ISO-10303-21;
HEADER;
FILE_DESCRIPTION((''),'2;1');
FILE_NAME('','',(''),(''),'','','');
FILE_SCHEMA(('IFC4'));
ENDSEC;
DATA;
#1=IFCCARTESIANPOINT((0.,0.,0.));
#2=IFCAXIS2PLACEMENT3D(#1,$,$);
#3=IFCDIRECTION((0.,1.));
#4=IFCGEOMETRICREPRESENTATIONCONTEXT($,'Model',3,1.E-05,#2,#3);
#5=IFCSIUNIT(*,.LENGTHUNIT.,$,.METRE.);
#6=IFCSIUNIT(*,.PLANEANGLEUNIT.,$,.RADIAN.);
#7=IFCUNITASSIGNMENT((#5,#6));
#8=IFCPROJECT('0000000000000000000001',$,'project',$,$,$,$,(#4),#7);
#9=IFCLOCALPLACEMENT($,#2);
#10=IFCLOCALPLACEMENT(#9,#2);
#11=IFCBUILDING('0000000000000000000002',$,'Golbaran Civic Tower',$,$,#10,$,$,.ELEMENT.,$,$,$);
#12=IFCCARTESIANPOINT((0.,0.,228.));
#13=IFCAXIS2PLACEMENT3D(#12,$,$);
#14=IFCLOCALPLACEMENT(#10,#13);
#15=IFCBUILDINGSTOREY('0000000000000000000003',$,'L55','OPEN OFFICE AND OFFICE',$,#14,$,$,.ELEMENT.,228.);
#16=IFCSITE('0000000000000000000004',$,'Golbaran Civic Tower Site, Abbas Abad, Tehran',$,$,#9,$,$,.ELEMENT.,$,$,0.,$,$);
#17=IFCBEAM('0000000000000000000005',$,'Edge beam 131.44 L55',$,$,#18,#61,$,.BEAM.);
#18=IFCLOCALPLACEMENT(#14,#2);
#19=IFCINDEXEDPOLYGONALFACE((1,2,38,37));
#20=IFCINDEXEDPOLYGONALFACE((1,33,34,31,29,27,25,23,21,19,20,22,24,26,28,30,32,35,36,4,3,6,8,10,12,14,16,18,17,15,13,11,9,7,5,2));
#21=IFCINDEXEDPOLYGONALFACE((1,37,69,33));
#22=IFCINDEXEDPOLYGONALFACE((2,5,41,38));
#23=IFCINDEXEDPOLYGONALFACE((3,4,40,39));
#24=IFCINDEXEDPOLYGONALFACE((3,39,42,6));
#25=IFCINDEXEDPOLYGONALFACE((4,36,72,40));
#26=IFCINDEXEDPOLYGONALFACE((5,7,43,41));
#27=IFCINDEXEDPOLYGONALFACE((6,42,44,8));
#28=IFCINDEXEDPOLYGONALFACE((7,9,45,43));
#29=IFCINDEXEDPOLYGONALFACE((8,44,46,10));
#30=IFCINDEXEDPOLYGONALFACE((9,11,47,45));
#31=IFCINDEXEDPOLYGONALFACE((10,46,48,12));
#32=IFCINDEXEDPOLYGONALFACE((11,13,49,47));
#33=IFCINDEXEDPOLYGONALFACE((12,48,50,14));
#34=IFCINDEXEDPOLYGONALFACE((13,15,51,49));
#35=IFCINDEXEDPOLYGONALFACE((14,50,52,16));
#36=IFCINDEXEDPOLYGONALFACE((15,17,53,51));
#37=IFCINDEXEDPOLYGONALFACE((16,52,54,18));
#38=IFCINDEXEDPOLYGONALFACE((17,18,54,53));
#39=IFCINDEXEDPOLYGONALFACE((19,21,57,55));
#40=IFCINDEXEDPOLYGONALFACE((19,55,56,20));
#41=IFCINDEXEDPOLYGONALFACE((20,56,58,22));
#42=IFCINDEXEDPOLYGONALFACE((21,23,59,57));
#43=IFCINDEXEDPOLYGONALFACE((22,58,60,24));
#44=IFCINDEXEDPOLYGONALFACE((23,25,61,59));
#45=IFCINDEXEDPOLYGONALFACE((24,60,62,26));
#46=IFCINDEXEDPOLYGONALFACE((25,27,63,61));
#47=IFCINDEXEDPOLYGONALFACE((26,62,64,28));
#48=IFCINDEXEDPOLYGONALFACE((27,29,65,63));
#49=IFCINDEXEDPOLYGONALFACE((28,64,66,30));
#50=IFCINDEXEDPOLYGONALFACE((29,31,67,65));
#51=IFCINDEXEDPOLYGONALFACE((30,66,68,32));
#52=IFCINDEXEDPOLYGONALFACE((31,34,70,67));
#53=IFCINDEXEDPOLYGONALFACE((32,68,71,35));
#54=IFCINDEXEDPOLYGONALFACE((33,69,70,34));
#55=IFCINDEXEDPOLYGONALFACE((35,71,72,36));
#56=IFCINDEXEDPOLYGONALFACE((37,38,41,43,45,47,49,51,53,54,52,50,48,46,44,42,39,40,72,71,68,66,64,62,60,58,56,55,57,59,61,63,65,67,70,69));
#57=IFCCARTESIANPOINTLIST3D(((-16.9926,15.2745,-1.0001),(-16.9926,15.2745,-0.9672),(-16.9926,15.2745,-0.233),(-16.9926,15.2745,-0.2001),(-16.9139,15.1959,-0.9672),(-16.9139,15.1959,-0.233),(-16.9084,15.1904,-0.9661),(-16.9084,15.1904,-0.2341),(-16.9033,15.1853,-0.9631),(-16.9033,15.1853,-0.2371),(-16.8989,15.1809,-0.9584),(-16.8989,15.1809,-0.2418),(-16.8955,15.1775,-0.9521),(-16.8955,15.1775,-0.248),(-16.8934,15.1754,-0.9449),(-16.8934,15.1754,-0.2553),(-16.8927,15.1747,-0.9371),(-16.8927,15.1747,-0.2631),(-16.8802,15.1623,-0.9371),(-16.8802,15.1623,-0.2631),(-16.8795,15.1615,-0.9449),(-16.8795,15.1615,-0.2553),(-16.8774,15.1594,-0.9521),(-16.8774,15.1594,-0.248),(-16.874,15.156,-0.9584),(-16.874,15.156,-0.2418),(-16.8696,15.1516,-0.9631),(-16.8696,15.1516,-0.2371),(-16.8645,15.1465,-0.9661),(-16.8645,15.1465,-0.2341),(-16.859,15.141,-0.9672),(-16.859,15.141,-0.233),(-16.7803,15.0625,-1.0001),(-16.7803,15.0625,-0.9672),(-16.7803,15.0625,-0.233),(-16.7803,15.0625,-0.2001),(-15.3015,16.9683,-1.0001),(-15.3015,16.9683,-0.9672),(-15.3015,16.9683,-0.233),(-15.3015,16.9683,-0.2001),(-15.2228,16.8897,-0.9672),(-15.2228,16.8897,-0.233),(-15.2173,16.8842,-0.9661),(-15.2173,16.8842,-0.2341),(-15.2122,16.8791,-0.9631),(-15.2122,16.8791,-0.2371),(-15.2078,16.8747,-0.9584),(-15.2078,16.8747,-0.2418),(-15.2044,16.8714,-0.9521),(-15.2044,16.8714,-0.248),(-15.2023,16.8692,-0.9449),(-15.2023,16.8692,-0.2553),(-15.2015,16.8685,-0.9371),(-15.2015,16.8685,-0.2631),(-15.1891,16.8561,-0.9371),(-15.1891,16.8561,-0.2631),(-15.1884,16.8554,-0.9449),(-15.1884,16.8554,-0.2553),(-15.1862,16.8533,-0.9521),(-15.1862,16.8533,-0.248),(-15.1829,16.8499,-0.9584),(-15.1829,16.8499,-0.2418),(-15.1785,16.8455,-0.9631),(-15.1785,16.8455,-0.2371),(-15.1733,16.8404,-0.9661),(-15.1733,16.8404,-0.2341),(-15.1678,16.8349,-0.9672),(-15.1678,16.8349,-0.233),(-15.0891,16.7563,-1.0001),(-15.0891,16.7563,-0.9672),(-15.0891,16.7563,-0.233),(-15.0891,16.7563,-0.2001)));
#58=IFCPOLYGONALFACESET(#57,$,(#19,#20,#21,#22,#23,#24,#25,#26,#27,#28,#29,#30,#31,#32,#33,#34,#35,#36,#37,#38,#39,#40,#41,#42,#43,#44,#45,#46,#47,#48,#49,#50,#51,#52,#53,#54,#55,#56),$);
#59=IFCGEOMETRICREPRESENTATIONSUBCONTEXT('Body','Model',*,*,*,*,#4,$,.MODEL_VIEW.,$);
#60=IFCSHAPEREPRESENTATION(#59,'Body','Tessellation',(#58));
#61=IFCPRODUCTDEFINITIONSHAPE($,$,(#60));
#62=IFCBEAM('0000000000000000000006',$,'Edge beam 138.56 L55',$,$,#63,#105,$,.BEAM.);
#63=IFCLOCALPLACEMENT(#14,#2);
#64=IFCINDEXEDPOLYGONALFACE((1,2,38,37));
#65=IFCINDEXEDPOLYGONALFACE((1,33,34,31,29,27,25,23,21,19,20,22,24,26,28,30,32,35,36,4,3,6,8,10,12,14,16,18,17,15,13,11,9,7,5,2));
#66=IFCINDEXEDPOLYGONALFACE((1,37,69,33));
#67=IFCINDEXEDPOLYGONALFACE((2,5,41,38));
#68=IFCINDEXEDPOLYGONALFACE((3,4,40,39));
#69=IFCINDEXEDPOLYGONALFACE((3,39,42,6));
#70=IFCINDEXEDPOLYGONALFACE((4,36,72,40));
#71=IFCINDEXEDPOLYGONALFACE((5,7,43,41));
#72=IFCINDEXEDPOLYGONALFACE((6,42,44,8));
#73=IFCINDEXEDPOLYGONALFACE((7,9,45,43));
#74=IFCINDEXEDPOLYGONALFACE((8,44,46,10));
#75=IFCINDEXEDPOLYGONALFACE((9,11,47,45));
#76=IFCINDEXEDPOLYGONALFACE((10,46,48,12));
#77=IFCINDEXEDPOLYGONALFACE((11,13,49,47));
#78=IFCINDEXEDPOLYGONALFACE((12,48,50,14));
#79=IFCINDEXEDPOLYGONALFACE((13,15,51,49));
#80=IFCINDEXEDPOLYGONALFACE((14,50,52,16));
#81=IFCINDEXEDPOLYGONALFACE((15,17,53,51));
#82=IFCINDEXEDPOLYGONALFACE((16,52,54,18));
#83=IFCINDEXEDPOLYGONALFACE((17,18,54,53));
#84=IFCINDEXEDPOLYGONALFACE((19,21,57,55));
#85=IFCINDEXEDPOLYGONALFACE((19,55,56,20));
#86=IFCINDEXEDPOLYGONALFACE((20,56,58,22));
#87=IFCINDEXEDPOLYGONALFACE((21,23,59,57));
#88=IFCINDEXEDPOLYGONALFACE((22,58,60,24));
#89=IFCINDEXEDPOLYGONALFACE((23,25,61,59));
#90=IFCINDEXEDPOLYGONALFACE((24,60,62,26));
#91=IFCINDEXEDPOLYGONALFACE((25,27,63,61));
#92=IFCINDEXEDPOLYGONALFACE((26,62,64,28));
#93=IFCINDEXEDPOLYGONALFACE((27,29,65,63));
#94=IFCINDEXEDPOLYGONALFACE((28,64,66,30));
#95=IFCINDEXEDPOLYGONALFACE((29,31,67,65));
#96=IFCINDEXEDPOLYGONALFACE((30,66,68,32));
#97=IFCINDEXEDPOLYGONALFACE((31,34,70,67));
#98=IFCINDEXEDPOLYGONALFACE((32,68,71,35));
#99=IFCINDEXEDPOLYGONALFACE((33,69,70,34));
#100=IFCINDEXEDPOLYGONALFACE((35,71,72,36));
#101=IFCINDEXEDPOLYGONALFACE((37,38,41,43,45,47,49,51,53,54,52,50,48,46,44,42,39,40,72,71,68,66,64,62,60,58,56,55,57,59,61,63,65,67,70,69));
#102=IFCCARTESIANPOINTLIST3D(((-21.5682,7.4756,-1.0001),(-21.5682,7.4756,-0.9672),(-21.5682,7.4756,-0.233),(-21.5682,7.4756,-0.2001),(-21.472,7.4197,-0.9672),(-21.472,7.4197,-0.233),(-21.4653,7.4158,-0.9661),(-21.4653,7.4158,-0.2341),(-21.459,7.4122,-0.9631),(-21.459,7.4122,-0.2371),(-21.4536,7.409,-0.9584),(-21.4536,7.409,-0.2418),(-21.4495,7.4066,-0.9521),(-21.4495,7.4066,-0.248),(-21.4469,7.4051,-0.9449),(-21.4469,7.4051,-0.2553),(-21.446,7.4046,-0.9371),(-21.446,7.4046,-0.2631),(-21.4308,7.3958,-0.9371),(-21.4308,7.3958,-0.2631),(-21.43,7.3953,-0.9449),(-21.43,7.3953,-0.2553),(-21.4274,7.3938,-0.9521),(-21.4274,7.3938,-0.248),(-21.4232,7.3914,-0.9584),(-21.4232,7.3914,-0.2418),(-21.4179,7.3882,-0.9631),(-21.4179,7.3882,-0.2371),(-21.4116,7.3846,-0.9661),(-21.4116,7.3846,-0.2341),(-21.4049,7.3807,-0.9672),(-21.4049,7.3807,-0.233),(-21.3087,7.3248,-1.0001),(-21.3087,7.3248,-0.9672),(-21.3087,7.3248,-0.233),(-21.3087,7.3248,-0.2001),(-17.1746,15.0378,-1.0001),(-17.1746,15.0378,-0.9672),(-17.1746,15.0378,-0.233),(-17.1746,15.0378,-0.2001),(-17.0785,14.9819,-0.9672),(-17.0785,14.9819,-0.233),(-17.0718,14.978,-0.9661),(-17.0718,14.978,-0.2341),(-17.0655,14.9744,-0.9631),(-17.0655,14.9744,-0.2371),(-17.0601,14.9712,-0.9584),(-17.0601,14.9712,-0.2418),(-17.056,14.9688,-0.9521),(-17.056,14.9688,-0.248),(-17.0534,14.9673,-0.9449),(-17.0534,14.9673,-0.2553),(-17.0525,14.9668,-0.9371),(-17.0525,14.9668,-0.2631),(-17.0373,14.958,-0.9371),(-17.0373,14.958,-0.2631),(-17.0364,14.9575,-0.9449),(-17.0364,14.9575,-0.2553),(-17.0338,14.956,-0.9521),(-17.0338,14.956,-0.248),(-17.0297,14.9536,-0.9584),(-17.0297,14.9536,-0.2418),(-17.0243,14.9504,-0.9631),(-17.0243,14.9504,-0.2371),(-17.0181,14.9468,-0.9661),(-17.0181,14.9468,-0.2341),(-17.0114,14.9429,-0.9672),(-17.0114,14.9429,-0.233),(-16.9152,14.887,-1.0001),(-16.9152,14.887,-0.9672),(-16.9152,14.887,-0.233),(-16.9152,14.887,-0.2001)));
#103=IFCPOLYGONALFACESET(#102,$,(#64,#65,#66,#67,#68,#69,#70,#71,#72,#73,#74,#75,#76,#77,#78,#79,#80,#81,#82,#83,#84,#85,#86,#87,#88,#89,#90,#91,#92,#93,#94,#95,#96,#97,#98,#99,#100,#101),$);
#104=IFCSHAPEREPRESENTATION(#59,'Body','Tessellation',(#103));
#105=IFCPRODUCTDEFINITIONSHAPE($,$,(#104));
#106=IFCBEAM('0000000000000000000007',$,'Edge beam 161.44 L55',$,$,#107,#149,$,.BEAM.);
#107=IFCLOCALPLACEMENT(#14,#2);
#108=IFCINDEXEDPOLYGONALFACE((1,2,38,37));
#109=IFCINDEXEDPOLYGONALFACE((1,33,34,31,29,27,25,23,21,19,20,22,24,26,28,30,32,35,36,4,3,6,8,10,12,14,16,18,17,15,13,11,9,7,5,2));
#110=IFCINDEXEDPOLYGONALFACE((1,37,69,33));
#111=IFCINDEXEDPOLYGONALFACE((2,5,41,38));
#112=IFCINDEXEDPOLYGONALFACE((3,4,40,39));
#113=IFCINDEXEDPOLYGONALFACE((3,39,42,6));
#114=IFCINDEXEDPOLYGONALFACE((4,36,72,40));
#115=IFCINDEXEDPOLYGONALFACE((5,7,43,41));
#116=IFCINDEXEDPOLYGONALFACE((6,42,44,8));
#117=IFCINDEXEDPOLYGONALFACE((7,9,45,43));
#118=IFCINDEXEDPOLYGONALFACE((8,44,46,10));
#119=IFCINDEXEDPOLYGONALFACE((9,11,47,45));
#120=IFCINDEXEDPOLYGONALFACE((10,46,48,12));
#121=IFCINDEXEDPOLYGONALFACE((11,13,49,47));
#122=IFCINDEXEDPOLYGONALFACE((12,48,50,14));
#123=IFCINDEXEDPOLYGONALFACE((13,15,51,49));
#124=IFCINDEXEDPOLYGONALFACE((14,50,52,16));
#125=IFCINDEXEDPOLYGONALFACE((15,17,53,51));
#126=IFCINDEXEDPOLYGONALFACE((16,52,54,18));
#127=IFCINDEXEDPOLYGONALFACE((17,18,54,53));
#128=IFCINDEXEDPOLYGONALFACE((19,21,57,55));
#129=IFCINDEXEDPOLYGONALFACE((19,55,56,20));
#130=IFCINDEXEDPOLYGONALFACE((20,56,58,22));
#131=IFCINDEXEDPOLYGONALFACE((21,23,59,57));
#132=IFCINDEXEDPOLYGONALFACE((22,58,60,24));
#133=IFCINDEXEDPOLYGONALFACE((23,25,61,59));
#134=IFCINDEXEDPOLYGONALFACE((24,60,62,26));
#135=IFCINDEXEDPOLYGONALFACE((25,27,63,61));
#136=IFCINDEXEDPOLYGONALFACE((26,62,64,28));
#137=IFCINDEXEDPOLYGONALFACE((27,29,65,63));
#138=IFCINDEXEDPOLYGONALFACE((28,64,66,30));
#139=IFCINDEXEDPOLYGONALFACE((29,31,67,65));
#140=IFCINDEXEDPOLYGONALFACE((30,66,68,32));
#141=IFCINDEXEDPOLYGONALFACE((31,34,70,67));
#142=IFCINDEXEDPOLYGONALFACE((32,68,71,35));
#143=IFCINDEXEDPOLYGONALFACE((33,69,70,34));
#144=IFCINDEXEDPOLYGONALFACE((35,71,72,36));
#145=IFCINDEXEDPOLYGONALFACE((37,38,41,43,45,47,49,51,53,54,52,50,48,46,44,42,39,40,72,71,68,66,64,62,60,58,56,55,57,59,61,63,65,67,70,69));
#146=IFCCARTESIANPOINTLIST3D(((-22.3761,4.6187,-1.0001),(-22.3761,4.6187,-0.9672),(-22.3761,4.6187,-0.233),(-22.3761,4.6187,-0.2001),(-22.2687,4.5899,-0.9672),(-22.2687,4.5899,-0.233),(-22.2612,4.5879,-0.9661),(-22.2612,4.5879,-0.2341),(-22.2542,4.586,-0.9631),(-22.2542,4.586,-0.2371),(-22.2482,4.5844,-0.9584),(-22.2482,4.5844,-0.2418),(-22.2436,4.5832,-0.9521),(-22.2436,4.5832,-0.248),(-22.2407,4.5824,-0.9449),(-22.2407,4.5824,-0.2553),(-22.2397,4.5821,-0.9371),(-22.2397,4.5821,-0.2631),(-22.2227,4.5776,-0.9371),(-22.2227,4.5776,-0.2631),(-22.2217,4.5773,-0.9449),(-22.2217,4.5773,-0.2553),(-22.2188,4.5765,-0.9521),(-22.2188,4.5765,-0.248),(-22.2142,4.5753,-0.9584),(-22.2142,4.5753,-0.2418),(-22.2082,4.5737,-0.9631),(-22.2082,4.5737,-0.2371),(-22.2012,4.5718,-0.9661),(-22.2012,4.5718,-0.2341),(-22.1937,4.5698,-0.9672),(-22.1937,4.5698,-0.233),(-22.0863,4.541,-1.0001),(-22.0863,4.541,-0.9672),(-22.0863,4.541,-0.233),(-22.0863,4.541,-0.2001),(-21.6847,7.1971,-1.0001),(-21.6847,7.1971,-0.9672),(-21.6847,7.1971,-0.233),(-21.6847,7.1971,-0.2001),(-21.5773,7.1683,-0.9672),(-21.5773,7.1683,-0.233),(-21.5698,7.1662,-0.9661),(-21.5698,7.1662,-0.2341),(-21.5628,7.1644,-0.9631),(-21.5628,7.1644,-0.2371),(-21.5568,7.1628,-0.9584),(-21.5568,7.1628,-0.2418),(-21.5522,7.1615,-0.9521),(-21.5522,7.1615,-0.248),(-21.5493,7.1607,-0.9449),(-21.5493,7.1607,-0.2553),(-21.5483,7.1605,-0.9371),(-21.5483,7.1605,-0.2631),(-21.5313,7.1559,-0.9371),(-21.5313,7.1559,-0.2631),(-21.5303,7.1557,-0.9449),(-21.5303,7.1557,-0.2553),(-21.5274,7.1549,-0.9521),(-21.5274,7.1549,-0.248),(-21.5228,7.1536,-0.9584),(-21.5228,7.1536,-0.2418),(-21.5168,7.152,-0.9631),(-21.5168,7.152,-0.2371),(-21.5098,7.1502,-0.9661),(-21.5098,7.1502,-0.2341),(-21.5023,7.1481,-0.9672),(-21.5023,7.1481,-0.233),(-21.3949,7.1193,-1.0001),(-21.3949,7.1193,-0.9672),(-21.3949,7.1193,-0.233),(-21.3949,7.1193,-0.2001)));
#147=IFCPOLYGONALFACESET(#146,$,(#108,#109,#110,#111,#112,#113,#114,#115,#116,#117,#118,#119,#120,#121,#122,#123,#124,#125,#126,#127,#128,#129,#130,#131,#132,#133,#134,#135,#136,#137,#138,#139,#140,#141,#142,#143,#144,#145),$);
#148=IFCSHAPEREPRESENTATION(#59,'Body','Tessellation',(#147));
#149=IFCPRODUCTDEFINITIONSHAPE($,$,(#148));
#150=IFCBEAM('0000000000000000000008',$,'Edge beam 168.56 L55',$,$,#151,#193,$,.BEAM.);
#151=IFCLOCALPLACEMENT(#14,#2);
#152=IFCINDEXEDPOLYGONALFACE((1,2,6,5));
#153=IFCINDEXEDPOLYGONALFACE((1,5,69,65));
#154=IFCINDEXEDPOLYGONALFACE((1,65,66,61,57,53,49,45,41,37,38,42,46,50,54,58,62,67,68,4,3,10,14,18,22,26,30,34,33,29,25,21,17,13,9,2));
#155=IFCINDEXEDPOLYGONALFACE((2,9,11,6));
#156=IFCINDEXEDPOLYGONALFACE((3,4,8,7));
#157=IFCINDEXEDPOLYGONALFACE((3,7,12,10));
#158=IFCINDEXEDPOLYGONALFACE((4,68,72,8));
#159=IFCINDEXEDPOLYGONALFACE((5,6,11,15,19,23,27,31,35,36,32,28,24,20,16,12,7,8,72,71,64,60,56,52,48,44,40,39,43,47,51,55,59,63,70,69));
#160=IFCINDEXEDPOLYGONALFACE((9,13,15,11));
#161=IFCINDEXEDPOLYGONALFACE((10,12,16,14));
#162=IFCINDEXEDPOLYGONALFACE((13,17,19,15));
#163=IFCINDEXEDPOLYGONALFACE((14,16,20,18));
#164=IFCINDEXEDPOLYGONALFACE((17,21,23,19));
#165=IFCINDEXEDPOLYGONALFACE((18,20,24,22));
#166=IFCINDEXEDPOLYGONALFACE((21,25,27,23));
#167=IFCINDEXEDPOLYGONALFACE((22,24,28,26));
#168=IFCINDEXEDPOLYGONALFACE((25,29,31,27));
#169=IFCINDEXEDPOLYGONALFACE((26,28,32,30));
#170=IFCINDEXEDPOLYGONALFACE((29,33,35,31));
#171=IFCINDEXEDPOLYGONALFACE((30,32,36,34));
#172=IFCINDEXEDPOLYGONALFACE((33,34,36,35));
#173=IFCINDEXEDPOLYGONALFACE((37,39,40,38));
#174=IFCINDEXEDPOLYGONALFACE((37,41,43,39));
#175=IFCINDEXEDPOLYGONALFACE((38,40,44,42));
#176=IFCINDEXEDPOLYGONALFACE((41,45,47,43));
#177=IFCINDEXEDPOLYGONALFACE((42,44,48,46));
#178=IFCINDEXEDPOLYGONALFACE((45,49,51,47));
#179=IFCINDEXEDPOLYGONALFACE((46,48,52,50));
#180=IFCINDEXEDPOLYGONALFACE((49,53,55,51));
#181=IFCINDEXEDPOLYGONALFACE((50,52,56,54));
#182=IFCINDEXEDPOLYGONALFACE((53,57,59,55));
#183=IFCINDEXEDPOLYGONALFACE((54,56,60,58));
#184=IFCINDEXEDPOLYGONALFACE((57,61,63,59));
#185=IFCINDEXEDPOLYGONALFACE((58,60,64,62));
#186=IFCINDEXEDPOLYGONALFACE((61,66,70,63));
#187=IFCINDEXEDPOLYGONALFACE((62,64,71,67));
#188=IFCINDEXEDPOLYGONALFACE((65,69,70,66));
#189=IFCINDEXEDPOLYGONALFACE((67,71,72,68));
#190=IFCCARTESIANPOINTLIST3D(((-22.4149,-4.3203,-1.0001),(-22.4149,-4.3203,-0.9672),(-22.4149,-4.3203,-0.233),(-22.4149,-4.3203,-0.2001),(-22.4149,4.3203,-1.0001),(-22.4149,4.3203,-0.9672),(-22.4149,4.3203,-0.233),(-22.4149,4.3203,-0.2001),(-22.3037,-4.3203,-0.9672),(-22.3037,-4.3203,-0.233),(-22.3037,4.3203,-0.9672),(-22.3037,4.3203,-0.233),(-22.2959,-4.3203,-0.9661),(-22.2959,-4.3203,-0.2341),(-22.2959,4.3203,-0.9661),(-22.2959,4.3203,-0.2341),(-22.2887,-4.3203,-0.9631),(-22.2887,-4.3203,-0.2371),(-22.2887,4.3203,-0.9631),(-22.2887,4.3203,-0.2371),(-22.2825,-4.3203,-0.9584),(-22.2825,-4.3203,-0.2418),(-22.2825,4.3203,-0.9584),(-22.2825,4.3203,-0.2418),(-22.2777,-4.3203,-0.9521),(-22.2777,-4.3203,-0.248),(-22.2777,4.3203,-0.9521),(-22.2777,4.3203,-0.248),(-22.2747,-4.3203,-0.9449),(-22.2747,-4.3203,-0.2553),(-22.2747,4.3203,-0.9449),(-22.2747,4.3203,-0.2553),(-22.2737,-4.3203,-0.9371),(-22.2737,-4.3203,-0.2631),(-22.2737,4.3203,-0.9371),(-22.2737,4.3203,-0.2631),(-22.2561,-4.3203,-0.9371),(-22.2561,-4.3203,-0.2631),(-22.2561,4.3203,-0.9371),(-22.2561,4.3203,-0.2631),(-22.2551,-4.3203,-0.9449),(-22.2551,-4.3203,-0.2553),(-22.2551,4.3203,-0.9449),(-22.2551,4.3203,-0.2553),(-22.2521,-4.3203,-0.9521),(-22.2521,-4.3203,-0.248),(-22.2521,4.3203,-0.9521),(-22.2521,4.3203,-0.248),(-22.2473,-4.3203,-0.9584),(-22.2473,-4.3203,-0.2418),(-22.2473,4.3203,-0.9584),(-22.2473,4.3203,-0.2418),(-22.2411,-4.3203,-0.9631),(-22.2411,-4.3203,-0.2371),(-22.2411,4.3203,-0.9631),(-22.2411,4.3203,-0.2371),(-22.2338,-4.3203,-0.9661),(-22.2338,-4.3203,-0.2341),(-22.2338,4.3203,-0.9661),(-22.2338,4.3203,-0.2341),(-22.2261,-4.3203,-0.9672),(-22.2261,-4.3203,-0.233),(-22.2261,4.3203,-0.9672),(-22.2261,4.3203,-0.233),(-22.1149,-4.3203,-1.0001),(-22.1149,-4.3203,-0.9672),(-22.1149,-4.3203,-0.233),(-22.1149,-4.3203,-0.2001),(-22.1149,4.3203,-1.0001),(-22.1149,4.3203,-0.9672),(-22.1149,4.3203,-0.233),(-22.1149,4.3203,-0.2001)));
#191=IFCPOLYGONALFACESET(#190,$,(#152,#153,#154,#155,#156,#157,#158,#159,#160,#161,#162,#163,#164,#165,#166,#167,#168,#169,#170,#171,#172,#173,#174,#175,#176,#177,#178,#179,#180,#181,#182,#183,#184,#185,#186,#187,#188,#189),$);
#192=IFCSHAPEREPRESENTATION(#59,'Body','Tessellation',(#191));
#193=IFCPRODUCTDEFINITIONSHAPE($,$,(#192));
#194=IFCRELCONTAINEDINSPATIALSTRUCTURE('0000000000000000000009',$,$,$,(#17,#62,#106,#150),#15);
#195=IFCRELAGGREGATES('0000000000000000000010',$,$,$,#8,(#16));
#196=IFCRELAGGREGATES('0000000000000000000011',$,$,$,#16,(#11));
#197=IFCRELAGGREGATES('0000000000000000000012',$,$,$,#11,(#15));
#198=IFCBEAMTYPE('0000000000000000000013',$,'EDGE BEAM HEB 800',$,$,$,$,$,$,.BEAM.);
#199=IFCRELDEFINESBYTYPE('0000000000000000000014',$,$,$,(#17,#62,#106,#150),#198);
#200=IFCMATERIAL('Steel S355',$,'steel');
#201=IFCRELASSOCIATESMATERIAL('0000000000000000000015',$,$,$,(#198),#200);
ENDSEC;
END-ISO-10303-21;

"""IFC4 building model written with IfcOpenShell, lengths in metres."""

from ifc_helpers import new_model, si_unit, direction, frame, origin, origin_2d, place, context, subcontext, project, spatial, i_section, extrude, material, material_profile, profile_set, type_object, element, save


model = new_model("IFC4")

# Units and contexts
model_context = context("Model", 3, precision=1e-05, world=origin(), true_north=direction((0.0, 1.0)))
body_context = subcontext(model_context, "Body", "Model", "MODEL_VIEW")
ifc_project = project(units=[si_unit("LENGTHUNIT", "METRE"), si_unit("PLANEANGLEUNIT", "RADIAN")], contexts=[model_context])

# Site, building, storey
site_placement = place(None, origin())
site = spatial("IfcSite", under=ifc_project, at=site_placement, Name="Golbaran Civic Tower Site, Abbas Abad, Tehran", CompositionType="ELEMENT", RefElevation=0.0)
building_placement = place(site_placement, origin())
building = spatial("IfcBuilding", under=site, at=building_placement, Name="Golbaran Civic Tower", CompositionType="ELEMENT")
storey_placement = place(building_placement, frame((0.0, 0.0, 228.0)))
storey = spatial("IfcBuildingStorey", under=building, at=storey_placement, Name="L55", Description="OPEN OFFICE AND OFFICE", CompositionType="ELEMENT", Elevation=228.0)

# Beams
ifc_material_1 = material(Name="Steel S355", Category="steel")
ifc_material_profile_1 = material_profile(ifc_material_1, i_section(OverallWidth=0.3, OverallDepth=0.8, WebThickness=0.0176, FlangeThickness=0.033, FilletRadius=0.03, at=origin_2d()), Name="HEB 800")
ifc_profile_set_1 = profile_set([ifc_material_profile_1], Name="Steel S355")
beam_type_1 = type_object("IfcBeamType", Name="EDGE BEAM HEB 800", PredefinedType="BEAM", material=ifc_profile_set_1)
beam_1_placement = place(storey_placement, frame((-15.1953, 16.8623, -0.6001), z_axis=(-0.706546, -0.707668, 0.0), x_axis=(0.707668, -0.706546, 0.0)))
element("IfcBeam", 1, at=beam_1_placement, inside=storey, type_object=beam_type_1, Name="Edge beam 131.44 L55", PredefinedType="BEAM", context=body_context, shape_type="SweptSolid", body=[
    extrude(i_section(OverallWidth=0.3, OverallDepth=0.8, WebThickness=0.0176, FlangeThickness=0.033, FilletRadius=0.03, at=origin_2d()), origin(), (0.0, 0.0, 1.0), 2.3936),
])
beam_2_placement = place(storey_placement, frame((-17.0449, 14.9624, -0.6001), z_axis=(-0.502355, -0.864661, 0.0), x_axis=(0.864661, -0.502355, 0.0)))
element("IfcBeam", 2, at=beam_2_placement, inside=storey, type_object=beam_type_1, Name="Edge beam 138.56 L55", PredefinedType="BEAM", context=body_context, shape_type="SweptSolid", body=[
    extrude(i_section(OverallWidth=0.3, OverallDepth=0.8, WebThickness=0.0176, FlangeThickness=0.033, FilletRadius=0.03, at=origin_2d()), origin(), (0.0, 0.0, 1.0), 8.7458),
])
beam_3_placement = place(storey_placement, frame((-21.5398, 7.1582, -0.6001), z_axis=(-0.259006, -0.965876, 0.0), x_axis=(0.965876, -0.259006, 0.0)))
element("IfcBeam", 3, at=beam_3_placement, inside=storey, type_object=beam_type_1, Name="Edge beam 161.44 L55", PredefinedType="BEAM", context=body_context, shape_type="SweptSolid", body=[
    extrude(i_section(OverallWidth=0.3, OverallDepth=0.8, WebThickness=0.0176, FlangeThickness=0.033, FilletRadius=0.03, at=origin_2d()), origin(), (0.0, 0.0, 1.0), 2.6694),
])
beam_4_placement = place(storey_placement, frame((-22.2649, 4.3203, -0.6001), z_axis=(0.0, -1.0, 0.0), x_axis=(1.0, 0.0, 0.0)))
element("IfcBeam", 4, at=beam_4_placement, inside=storey, type_object=beam_type_1, Name="Edge beam 168.56 L55", PredefinedType="BEAM", context=body_context, shape_type="SweptSolid", body=[
    extrude(i_section(OverallWidth=0.3, OverallDepth=0.8, WebThickness=0.0176, FlangeThickness=0.033, FilletRadius=0.03, at=origin_2d()), origin(), (0.0, 0.0, 1.0), 8.6406),
])

save(model, "model.ifc")
